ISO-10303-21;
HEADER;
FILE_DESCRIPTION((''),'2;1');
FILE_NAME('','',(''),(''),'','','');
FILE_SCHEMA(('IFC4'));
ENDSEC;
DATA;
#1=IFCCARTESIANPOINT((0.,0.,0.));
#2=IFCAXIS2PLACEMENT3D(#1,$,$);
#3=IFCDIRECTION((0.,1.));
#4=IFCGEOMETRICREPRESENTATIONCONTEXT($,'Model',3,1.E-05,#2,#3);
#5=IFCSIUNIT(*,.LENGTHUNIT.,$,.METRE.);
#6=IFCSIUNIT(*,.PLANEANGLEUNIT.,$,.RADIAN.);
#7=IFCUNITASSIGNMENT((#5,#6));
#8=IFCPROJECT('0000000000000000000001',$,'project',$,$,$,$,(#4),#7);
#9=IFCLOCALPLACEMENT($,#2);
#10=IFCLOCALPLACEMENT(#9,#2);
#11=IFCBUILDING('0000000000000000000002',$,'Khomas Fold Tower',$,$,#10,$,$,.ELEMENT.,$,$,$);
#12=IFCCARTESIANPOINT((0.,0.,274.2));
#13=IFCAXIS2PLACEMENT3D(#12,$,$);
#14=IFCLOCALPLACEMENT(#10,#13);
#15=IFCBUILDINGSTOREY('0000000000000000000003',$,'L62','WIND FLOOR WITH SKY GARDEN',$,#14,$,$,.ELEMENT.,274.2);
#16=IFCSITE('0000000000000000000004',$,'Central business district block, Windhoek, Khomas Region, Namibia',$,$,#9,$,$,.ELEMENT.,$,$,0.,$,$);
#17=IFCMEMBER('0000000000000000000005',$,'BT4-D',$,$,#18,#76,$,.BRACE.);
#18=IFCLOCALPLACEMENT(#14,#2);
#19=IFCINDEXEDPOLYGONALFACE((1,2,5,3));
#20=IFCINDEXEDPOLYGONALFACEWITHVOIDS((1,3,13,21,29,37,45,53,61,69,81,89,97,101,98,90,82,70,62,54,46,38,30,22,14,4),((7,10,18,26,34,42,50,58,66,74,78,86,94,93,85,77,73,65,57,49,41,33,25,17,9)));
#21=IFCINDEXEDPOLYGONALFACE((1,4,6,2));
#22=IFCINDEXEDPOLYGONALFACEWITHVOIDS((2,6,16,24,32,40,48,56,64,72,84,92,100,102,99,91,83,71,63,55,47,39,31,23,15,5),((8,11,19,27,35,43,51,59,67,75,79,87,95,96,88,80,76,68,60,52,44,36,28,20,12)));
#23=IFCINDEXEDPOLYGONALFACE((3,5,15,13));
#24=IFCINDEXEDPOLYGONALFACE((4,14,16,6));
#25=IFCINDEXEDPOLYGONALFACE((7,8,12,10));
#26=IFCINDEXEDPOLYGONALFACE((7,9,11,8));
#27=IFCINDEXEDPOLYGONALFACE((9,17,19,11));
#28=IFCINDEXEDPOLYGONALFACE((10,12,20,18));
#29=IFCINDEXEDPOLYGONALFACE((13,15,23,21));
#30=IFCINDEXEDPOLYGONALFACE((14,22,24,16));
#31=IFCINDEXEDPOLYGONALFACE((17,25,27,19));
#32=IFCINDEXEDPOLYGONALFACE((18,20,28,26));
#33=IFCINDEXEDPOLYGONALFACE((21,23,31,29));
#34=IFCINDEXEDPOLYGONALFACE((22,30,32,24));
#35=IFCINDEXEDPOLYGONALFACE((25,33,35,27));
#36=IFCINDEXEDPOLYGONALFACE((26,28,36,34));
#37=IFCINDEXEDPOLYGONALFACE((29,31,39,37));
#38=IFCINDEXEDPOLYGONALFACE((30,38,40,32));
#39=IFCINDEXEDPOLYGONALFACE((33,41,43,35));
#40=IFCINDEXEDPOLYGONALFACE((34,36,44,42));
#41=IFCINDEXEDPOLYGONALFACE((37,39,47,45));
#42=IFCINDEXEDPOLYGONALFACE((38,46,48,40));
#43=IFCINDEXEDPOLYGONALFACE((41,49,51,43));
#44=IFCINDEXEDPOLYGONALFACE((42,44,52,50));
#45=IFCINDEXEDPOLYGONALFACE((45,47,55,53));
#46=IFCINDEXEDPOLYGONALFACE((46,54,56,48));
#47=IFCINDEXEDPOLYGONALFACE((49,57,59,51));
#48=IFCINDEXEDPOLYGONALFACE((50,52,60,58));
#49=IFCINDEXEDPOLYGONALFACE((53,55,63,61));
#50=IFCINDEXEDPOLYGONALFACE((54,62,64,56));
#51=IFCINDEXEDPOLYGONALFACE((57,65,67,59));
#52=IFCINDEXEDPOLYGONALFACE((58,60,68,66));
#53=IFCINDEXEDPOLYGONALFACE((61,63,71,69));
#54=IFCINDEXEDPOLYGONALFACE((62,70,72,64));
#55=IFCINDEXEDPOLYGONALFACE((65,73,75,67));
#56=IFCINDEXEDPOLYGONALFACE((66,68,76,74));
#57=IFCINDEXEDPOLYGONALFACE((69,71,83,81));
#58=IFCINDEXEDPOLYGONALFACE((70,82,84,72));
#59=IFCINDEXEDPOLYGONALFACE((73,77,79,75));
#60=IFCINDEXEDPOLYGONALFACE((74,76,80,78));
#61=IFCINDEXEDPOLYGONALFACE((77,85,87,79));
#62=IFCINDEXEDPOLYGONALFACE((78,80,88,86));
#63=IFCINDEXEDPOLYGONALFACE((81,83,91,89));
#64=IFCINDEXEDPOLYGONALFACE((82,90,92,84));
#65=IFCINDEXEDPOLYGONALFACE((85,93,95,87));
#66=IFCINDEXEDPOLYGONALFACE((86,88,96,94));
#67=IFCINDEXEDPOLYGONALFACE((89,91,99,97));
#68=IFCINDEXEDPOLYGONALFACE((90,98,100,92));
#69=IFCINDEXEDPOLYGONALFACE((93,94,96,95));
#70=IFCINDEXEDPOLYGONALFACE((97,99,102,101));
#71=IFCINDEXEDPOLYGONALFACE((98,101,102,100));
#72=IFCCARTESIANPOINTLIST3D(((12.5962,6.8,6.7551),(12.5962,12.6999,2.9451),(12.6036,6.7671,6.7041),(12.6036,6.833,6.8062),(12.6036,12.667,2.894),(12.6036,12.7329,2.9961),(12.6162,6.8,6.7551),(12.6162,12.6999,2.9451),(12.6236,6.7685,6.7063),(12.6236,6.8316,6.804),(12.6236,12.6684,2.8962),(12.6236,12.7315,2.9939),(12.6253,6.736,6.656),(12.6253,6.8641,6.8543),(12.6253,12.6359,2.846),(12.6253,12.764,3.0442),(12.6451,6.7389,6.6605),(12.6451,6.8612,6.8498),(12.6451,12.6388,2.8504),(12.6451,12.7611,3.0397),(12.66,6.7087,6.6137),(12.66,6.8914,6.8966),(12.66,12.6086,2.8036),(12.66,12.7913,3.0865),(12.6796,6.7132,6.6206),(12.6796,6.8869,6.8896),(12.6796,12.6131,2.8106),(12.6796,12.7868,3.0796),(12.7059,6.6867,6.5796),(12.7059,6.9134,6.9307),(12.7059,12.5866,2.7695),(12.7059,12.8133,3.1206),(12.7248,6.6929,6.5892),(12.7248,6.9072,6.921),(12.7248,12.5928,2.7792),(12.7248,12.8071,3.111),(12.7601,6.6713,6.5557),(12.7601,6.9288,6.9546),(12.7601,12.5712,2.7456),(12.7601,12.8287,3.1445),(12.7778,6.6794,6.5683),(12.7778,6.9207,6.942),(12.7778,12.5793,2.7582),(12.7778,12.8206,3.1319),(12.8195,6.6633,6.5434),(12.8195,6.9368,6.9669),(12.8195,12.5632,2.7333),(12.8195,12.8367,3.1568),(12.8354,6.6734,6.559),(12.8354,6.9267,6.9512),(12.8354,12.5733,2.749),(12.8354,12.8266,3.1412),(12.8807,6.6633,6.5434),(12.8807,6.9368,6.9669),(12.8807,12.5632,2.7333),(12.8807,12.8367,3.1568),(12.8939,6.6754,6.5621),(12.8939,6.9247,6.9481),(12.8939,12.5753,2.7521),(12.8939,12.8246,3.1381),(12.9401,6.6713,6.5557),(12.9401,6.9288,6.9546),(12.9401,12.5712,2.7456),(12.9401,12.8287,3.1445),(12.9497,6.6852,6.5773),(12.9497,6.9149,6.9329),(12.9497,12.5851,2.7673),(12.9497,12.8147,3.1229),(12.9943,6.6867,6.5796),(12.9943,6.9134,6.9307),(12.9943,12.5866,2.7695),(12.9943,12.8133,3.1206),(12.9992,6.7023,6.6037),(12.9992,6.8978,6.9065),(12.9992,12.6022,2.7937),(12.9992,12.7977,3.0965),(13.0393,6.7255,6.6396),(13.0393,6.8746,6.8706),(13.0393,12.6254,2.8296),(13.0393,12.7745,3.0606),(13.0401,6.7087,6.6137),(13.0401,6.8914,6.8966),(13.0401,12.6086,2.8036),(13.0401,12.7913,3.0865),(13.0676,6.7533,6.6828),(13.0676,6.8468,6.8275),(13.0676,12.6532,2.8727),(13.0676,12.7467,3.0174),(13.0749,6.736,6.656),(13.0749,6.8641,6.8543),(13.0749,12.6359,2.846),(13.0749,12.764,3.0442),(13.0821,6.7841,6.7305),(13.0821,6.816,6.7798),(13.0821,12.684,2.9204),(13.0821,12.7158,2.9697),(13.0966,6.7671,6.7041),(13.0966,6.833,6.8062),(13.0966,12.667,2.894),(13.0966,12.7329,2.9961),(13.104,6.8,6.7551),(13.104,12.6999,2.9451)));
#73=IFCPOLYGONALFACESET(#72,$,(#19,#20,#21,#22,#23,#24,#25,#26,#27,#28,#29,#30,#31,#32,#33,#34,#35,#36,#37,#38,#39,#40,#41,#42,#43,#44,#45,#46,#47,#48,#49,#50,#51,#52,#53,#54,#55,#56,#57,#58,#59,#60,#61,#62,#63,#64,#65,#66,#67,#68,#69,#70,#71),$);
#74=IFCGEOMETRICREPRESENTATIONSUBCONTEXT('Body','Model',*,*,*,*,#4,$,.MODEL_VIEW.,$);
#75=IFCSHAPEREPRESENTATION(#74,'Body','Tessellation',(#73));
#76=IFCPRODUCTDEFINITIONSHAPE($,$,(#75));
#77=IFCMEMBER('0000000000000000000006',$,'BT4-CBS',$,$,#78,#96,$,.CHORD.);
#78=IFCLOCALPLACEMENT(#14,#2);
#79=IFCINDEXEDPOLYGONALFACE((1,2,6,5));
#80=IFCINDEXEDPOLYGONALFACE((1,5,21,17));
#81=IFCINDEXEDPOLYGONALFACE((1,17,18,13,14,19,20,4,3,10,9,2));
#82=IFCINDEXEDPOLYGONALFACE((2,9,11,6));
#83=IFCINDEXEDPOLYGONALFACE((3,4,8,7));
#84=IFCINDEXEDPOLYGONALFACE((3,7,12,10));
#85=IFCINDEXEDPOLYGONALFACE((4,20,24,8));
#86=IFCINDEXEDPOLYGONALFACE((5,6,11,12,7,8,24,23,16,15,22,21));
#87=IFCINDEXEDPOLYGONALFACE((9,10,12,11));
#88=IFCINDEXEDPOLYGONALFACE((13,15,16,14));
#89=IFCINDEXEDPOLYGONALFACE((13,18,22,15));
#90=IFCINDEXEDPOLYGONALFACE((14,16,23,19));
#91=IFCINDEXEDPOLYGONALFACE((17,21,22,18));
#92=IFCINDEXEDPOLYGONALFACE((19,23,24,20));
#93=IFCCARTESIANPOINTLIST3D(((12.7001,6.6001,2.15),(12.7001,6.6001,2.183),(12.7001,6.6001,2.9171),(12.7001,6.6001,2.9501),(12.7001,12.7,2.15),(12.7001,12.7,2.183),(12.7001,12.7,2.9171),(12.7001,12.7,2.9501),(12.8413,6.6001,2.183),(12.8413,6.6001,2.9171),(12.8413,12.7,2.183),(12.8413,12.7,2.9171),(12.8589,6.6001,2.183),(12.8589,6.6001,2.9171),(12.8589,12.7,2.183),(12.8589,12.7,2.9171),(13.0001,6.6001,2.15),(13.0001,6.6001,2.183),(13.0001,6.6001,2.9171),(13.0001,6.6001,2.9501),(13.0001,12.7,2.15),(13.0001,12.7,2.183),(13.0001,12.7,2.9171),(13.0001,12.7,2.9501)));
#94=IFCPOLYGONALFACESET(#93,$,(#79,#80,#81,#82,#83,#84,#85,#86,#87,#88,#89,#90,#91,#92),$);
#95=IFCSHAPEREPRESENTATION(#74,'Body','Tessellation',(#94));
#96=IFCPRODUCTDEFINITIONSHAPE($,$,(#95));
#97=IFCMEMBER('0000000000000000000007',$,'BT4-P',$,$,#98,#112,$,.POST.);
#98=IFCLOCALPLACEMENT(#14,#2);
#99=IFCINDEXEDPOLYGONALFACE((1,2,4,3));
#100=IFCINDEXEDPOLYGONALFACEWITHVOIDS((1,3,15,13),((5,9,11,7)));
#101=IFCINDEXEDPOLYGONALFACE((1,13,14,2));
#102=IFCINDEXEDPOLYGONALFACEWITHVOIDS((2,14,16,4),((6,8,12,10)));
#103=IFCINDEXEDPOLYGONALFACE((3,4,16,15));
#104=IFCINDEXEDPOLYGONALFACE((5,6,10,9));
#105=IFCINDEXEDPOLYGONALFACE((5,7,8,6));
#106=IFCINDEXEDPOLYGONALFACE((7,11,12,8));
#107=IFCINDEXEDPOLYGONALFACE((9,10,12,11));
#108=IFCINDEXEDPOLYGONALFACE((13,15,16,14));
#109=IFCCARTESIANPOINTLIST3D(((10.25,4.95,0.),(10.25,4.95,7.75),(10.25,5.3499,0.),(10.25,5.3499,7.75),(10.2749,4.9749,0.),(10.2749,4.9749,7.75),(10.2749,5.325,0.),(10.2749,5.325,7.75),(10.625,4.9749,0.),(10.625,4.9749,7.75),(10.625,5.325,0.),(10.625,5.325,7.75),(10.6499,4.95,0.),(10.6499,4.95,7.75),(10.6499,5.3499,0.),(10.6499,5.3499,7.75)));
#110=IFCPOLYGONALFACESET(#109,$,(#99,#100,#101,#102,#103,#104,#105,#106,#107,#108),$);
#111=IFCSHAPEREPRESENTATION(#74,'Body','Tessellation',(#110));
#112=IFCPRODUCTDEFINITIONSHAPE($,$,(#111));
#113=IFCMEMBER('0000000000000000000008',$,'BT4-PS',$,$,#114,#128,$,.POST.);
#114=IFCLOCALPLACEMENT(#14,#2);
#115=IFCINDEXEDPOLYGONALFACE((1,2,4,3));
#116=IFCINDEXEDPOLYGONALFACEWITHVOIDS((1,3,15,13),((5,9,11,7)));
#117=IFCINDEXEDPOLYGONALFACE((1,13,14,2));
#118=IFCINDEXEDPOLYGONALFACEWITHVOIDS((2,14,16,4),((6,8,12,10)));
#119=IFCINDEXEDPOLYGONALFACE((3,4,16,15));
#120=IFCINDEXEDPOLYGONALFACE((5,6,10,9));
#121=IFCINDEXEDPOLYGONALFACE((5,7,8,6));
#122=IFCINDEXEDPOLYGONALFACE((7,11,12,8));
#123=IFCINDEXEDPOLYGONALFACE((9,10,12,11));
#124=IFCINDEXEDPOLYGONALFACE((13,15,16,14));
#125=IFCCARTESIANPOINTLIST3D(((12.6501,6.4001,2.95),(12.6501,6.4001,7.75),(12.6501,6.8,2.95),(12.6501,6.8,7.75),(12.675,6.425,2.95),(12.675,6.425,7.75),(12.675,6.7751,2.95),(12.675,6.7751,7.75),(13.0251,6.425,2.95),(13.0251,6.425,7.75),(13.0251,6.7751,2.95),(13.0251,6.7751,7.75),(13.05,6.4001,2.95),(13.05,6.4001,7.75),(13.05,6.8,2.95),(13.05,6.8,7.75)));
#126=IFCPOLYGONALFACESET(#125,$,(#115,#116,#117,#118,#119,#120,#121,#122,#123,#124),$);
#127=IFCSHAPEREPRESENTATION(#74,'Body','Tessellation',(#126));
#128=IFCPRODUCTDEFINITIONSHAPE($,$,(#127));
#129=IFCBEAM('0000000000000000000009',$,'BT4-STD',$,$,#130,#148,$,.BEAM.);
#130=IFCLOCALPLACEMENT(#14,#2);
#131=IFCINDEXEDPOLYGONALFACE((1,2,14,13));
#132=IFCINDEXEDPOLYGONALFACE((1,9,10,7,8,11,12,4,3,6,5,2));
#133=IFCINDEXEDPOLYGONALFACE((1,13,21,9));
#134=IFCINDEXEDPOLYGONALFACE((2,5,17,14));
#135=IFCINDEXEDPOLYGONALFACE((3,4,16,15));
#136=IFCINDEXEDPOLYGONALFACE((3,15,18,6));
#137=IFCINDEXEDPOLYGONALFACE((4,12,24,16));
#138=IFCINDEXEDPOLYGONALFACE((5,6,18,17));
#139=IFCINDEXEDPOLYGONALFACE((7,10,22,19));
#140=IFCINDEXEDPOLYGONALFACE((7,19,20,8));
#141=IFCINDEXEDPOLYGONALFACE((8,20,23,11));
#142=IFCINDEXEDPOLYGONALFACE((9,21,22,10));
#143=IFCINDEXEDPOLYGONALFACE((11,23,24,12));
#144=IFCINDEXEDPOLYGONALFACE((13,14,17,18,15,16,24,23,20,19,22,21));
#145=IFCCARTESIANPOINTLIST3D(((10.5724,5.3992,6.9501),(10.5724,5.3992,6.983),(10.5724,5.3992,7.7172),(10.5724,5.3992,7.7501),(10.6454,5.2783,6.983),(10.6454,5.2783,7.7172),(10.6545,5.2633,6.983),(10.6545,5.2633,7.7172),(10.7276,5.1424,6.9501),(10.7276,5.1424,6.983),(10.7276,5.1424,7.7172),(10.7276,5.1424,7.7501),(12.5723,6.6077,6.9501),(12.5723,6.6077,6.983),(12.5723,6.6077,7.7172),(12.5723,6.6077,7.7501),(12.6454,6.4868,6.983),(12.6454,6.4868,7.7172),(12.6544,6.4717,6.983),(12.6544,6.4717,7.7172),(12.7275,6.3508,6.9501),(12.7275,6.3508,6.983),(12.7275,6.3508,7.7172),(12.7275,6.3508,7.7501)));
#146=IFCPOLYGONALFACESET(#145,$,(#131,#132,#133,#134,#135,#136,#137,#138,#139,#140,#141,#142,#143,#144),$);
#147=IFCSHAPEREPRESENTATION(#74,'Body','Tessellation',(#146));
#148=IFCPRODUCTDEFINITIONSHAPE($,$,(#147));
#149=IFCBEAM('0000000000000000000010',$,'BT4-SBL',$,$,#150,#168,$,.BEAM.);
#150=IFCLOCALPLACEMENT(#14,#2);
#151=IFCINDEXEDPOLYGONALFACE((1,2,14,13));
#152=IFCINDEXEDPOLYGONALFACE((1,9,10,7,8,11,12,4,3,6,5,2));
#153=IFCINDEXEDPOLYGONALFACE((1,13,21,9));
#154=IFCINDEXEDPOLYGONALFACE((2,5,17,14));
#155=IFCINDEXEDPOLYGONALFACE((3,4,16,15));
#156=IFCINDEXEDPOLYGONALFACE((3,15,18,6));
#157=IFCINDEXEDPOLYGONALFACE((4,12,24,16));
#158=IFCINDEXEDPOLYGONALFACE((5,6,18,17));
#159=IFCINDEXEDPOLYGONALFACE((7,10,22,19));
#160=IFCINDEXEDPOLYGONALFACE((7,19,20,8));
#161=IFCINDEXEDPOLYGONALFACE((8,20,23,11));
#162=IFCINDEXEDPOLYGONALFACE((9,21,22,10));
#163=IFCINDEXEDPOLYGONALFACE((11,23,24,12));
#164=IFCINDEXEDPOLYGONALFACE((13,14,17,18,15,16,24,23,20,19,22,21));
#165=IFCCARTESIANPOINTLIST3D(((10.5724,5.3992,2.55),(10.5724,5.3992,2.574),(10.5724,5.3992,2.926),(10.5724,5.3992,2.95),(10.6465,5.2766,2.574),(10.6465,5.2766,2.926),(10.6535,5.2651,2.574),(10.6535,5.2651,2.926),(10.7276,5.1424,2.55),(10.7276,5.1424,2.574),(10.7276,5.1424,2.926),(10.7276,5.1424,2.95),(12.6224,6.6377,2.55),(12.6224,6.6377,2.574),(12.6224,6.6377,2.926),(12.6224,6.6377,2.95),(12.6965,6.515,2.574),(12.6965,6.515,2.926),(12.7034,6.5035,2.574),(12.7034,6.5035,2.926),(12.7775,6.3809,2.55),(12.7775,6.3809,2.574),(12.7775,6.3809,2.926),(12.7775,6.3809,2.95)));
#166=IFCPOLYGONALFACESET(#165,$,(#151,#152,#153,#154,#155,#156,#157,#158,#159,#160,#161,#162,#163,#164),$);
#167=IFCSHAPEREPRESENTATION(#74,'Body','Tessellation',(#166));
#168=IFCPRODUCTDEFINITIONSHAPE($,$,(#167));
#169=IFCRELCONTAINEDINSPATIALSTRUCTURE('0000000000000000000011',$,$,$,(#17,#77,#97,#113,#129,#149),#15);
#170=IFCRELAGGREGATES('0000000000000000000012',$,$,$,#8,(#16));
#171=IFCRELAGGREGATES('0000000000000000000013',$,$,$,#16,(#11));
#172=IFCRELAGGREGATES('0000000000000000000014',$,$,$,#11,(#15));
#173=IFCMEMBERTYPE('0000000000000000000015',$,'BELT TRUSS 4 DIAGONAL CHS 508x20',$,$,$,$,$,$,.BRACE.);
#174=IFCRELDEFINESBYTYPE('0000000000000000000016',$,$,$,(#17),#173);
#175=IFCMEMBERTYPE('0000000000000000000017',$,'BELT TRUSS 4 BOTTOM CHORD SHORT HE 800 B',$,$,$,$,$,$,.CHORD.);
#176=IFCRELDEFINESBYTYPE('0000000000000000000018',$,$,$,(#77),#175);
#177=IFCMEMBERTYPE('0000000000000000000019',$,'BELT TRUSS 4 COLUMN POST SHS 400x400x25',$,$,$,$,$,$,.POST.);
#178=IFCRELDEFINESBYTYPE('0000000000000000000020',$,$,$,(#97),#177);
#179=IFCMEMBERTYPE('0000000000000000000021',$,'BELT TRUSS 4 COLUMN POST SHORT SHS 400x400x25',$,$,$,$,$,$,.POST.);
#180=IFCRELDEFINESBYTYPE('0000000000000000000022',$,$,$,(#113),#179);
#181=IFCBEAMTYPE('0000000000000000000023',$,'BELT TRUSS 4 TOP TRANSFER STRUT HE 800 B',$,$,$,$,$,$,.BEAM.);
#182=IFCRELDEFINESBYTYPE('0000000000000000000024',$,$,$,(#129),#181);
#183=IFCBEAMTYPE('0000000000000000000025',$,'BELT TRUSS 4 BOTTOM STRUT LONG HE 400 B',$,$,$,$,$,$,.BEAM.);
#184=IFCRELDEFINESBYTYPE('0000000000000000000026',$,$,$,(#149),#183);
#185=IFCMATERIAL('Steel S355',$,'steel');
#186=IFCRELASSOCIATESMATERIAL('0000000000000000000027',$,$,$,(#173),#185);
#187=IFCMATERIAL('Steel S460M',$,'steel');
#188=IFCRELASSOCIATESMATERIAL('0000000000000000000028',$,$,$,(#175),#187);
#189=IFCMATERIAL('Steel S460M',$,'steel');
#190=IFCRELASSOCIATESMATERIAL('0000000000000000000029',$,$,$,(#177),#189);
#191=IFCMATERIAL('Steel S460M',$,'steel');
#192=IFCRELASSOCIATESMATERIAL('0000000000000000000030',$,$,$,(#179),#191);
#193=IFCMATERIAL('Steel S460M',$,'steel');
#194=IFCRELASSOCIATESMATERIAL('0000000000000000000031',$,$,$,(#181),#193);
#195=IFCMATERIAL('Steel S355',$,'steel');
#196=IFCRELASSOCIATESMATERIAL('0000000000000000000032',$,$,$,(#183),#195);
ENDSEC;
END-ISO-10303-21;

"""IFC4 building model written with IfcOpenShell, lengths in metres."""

from ifc_helpers import new_model, si_unit, direction, frame, origin, origin_2d, place, context, subcontext, project, spatial, hollow_rectangle, hollow_circle, i_section, extrude, source, transform, mapped, material, material_profile, profile_set, type_object, element, save


model = new_model("IFC4")

# Units and contexts
model_context = context("Model", 3, precision=1e-05, world=origin(), true_north=direction((0.0, 1.0)))
body_context = subcontext(model_context, "Body", "Model", "MODEL_VIEW")
ifc_project = project(units=[si_unit("LENGTHUNIT", "METRE"), si_unit("PLANEANGLEUNIT", "RADIAN")], contexts=[model_context])

# Site, building, storey
site_placement = place(None, origin())
site = spatial("IfcSite", under=ifc_project, at=site_placement, Name="Central business district block, Windhoek, Khomas Region, Namibia", CompositionType="ELEMENT", RefElevation=0.0)
building_placement = place(site_placement, origin())
building = spatial("IfcBuilding", under=site, at=building_placement, Name="Khomas Fold Tower", CompositionType="ELEMENT")
storey_placement = place(building_placement, frame((0.0, 0.0, 274.2)))
storey = spatial("IfcBuildingStorey", under=building, at=storey_placement, Name="L62", Description="WIND FLOOR WITH SKY GARDEN", CompositionType="ELEMENT", Elevation=274.2)

# Members
ifc_material_1 = material(Name="Steel S355", Category="steel")
ifc_material_profile_1 = material_profile(ifc_material_1, hollow_circle(Radius=0.2539, WallThickness=0.02, at=origin_2d()), Name="CHS 508x20")
ifc_profile_set_1 = profile_set([ifc_material_profile_1], Name="Steel S355")
member_type_1 = type_object("IfcMemberType", Name="BELT TRUSS 4 DIAGONAL CHS 508x20", PredefinedType="BRACE", material=ifc_profile_set_1)
ifc_material_2 = material(Name="Steel S460M", Category="steel")
ifc_material_profile_2 = material_profile(ifc_material_2, i_section(OverallWidth=0.3, OverallDepth=0.8, WebThickness=0.0176, FlangeThickness=0.033, at=origin_2d()), Name="HE 800 B")
ifc_profile_set_2 = profile_set([ifc_material_profile_2], Name="Steel S460M")
member_type_2 = type_object("IfcMemberType", Name="BELT TRUSS 4 BOTTOM CHORD SHORT HE 800 B", PredefinedType="CHORD", material=ifc_profile_set_2)
shared_shape_1 = source(origin(), body_context, "Body", "SweptSolid", [
    extrude(hollow_circle(Radius=0.2539, WallThickness=0.02, at=origin_2d()), origin(), (0.0, 0.0, 1.0), 7.0232),
])
member_1_placement = place(storey_placement, frame((12.8501, 6.8, 6.7551), z_axis=(0.0, 0.840059, -0.542496), x_axis=(-1.0, 0.0, 0.0)))
element("IfcMember", 1, at=member_1_placement, inside=storey, type_object=member_type_1, Name="BT4-D", PredefinedType="BRACE", context=body_context, shape_type="MappedRepresentation", body=[
    mapped(shared_shape_1, transform((0.0, 0.0, 0.0))),
])
shared_shape_2 = source(origin(), body_context, "Body", "SweptSolid", [
    extrude(i_section(OverallWidth=0.3, OverallDepth=0.8, WebThickness=0.0176, FlangeThickness=0.033, at=origin_2d()), origin(), (0.0, 0.0, 1.0), 6.0999),
])
member_2_placement = place(storey_placement, frame((12.8501, 6.6001, 2.55), z_axis=(0.0, 1.0, 0.0), x_axis=(-1.0, 0.0, 0.0)))
element("IfcMember", 2, at=member_2_placement, inside=storey, type_object=member_type_2, Name="BT4-CBS", PredefinedType="CHORD", context=body_context, shape_type="MappedRepresentation", body=[
    mapped(shared_shape_2, transform((0.0, 0.0, 0.0))),
])
ifc_material_3 = material(Name="Steel S460M", Category="steel")
ifc_material_profile_3 = material_profile(ifc_material_3, hollow_rectangle(XDim=0.3999, YDim=0.3999, WallThickness=0.0249, at=origin_2d()), Name="SHS 400x400x25")
ifc_profile_set_3 = profile_set([ifc_material_profile_3], Name="Steel S460M")
member_type_3 = type_object("IfcMemberType", Name="BELT TRUSS 4 COLUMN POST SHS 400x400x25", PredefinedType="POST", material=ifc_profile_set_3)
shared_shape_3 = source(origin(), body_context, "Body", "SweptSolid", [
    extrude(hollow_rectangle(XDim=0.3999, YDim=0.3999, WallThickness=0.0249, at=origin_2d()), origin(), (0.0, 0.0, 1.0), 7.75),
])
member_3_placement = place(storey_placement, frame((10.45, 5.1499, 0.0), z_axis=(0.0, 0.0, 1.0), x_axis=(1.0, 0.0, 0.0)))
element("IfcMember", 3, at=member_3_placement, inside=storey, type_object=member_type_3, Name="BT4-P", PredefinedType="POST", context=body_context, shape_type="MappedRepresentation", body=[
    mapped(shared_shape_3, transform((0.0, 0.0, 0.0))),
])
ifc_material_4 = material(Name="Steel S460M", Category="steel")
ifc_material_profile_4 = material_profile(ifc_material_4, hollow_rectangle(XDim=0.3999, YDim=0.3999, WallThickness=0.0249, at=origin_2d()), Name="SHS 400x400x25")
ifc_profile_set_4 = profile_set([ifc_material_profile_4], Name="Steel S460M")
member_type_4 = type_object("IfcMemberType", Name="BELT TRUSS 4 COLUMN POST SHORT SHS 400x400x25", PredefinedType="POST", material=ifc_profile_set_4)
shared_shape_4 = source(origin(), body_context, "Body", "SweptSolid", [
    extrude(hollow_rectangle(XDim=0.3999, YDim=0.3999, WallThickness=0.0249, at=origin_2d()), origin(), (0.0, 0.0, 1.0), 4.8),
])
member_4_placement = place(storey_placement, frame((12.8501, 6.6001, 2.95), z_axis=(0.0, 0.0, 1.0), x_axis=(1.0, 0.0, 0.0)))
element("IfcMember", 4, at=member_4_placement, inside=storey, type_object=member_type_4, Name="BT4-PS", PredefinedType="POST", context=body_context, shape_type="MappedRepresentation", body=[
    mapped(shared_shape_4, transform((0.0, 0.0, 0.0))),
])

# Beams
ifc_material_5 = material(Name="Steel S460M", Category="steel")
ifc_material_profile_5 = material_profile(ifc_material_5, i_section(OverallWidth=0.3, OverallDepth=0.8, WebThickness=0.0176, FlangeThickness=0.033, at=origin_2d()), Name="HE 800 B")
ifc_profile_set_5 = profile_set([ifc_material_profile_5], Name="Steel S460M")
beam_type_1 = type_object("IfcBeamType", Name="BELT TRUSS 4 TOP TRANSFER STRUT HE 800 B", PredefinedType="BEAM", material=ifc_profile_set_5)
shared_shape_5 = source(origin(), body_context, "Body", "SweptSolid", [
    extrude(i_section(OverallWidth=0.3, OverallDepth=0.8, WebThickness=0.0176, FlangeThickness=0.033, at=origin_2d()), origin(), (0.0, 0.0, 1.0), 2.3367),
])
beam_1_placement = place(storey_placement, frame((12.6499, 6.4792, 7.3501), z_axis=(-0.855885, -0.517167, 0.0), x_axis=(0.517167, -0.855885, 0.0)))
element("IfcBeam", 5, at=beam_1_placement, inside=storey, type_object=beam_type_1, Name="BT4-STD", PredefinedType="BEAM", context=body_context, shape_type="MappedRepresentation", body=[
    mapped(shared_shape_5, transform((0.0, 0.0, 0.0))),
])
ifc_material_6 = material(Name="Steel S355", Category="steel")
ifc_material_profile_6 = material_profile(ifc_material_6, i_section(OverallWidth=0.3, OverallDepth=0.3999, WebThickness=0.0134, FlangeThickness=0.0239, at=origin_2d()), Name="HE 400 B")
ifc_profile_set_6 = profile_set([ifc_material_profile_6], Name="Steel S355")
beam_type_2 = type_object("IfcBeamType", Name="BELT TRUSS 4 BOTTOM STRUT LONG HE 400 B", PredefinedType="BEAM", material=ifc_profile_set_6)
shared_shape_6 = source(origin(), body_context, "Body", "SweptSolid", [
    extrude(i_section(OverallWidth=0.3, OverallDepth=0.3999, WebThickness=0.0134, FlangeThickness=0.0239, at=origin_2d()), origin(), (0.0, 0.0, 1.0), 2.395),
])
beam_2_placement = place(storey_placement, frame((12.7, 6.5093, 2.75), z_axis=(-0.855924, -0.517102, 0.0), x_axis=(0.517102, -0.855924, 0.0)))
element("IfcBeam", 6, at=beam_2_placement, inside=storey, type_object=beam_type_2, Name="BT4-SBL", PredefinedType="BEAM", context=body_context, shape_type="MappedRepresentation", body=[
    mapped(shared_shape_6, transform((0.0, 0.0, 0.0))),
])

save(model, "model.ifc")
